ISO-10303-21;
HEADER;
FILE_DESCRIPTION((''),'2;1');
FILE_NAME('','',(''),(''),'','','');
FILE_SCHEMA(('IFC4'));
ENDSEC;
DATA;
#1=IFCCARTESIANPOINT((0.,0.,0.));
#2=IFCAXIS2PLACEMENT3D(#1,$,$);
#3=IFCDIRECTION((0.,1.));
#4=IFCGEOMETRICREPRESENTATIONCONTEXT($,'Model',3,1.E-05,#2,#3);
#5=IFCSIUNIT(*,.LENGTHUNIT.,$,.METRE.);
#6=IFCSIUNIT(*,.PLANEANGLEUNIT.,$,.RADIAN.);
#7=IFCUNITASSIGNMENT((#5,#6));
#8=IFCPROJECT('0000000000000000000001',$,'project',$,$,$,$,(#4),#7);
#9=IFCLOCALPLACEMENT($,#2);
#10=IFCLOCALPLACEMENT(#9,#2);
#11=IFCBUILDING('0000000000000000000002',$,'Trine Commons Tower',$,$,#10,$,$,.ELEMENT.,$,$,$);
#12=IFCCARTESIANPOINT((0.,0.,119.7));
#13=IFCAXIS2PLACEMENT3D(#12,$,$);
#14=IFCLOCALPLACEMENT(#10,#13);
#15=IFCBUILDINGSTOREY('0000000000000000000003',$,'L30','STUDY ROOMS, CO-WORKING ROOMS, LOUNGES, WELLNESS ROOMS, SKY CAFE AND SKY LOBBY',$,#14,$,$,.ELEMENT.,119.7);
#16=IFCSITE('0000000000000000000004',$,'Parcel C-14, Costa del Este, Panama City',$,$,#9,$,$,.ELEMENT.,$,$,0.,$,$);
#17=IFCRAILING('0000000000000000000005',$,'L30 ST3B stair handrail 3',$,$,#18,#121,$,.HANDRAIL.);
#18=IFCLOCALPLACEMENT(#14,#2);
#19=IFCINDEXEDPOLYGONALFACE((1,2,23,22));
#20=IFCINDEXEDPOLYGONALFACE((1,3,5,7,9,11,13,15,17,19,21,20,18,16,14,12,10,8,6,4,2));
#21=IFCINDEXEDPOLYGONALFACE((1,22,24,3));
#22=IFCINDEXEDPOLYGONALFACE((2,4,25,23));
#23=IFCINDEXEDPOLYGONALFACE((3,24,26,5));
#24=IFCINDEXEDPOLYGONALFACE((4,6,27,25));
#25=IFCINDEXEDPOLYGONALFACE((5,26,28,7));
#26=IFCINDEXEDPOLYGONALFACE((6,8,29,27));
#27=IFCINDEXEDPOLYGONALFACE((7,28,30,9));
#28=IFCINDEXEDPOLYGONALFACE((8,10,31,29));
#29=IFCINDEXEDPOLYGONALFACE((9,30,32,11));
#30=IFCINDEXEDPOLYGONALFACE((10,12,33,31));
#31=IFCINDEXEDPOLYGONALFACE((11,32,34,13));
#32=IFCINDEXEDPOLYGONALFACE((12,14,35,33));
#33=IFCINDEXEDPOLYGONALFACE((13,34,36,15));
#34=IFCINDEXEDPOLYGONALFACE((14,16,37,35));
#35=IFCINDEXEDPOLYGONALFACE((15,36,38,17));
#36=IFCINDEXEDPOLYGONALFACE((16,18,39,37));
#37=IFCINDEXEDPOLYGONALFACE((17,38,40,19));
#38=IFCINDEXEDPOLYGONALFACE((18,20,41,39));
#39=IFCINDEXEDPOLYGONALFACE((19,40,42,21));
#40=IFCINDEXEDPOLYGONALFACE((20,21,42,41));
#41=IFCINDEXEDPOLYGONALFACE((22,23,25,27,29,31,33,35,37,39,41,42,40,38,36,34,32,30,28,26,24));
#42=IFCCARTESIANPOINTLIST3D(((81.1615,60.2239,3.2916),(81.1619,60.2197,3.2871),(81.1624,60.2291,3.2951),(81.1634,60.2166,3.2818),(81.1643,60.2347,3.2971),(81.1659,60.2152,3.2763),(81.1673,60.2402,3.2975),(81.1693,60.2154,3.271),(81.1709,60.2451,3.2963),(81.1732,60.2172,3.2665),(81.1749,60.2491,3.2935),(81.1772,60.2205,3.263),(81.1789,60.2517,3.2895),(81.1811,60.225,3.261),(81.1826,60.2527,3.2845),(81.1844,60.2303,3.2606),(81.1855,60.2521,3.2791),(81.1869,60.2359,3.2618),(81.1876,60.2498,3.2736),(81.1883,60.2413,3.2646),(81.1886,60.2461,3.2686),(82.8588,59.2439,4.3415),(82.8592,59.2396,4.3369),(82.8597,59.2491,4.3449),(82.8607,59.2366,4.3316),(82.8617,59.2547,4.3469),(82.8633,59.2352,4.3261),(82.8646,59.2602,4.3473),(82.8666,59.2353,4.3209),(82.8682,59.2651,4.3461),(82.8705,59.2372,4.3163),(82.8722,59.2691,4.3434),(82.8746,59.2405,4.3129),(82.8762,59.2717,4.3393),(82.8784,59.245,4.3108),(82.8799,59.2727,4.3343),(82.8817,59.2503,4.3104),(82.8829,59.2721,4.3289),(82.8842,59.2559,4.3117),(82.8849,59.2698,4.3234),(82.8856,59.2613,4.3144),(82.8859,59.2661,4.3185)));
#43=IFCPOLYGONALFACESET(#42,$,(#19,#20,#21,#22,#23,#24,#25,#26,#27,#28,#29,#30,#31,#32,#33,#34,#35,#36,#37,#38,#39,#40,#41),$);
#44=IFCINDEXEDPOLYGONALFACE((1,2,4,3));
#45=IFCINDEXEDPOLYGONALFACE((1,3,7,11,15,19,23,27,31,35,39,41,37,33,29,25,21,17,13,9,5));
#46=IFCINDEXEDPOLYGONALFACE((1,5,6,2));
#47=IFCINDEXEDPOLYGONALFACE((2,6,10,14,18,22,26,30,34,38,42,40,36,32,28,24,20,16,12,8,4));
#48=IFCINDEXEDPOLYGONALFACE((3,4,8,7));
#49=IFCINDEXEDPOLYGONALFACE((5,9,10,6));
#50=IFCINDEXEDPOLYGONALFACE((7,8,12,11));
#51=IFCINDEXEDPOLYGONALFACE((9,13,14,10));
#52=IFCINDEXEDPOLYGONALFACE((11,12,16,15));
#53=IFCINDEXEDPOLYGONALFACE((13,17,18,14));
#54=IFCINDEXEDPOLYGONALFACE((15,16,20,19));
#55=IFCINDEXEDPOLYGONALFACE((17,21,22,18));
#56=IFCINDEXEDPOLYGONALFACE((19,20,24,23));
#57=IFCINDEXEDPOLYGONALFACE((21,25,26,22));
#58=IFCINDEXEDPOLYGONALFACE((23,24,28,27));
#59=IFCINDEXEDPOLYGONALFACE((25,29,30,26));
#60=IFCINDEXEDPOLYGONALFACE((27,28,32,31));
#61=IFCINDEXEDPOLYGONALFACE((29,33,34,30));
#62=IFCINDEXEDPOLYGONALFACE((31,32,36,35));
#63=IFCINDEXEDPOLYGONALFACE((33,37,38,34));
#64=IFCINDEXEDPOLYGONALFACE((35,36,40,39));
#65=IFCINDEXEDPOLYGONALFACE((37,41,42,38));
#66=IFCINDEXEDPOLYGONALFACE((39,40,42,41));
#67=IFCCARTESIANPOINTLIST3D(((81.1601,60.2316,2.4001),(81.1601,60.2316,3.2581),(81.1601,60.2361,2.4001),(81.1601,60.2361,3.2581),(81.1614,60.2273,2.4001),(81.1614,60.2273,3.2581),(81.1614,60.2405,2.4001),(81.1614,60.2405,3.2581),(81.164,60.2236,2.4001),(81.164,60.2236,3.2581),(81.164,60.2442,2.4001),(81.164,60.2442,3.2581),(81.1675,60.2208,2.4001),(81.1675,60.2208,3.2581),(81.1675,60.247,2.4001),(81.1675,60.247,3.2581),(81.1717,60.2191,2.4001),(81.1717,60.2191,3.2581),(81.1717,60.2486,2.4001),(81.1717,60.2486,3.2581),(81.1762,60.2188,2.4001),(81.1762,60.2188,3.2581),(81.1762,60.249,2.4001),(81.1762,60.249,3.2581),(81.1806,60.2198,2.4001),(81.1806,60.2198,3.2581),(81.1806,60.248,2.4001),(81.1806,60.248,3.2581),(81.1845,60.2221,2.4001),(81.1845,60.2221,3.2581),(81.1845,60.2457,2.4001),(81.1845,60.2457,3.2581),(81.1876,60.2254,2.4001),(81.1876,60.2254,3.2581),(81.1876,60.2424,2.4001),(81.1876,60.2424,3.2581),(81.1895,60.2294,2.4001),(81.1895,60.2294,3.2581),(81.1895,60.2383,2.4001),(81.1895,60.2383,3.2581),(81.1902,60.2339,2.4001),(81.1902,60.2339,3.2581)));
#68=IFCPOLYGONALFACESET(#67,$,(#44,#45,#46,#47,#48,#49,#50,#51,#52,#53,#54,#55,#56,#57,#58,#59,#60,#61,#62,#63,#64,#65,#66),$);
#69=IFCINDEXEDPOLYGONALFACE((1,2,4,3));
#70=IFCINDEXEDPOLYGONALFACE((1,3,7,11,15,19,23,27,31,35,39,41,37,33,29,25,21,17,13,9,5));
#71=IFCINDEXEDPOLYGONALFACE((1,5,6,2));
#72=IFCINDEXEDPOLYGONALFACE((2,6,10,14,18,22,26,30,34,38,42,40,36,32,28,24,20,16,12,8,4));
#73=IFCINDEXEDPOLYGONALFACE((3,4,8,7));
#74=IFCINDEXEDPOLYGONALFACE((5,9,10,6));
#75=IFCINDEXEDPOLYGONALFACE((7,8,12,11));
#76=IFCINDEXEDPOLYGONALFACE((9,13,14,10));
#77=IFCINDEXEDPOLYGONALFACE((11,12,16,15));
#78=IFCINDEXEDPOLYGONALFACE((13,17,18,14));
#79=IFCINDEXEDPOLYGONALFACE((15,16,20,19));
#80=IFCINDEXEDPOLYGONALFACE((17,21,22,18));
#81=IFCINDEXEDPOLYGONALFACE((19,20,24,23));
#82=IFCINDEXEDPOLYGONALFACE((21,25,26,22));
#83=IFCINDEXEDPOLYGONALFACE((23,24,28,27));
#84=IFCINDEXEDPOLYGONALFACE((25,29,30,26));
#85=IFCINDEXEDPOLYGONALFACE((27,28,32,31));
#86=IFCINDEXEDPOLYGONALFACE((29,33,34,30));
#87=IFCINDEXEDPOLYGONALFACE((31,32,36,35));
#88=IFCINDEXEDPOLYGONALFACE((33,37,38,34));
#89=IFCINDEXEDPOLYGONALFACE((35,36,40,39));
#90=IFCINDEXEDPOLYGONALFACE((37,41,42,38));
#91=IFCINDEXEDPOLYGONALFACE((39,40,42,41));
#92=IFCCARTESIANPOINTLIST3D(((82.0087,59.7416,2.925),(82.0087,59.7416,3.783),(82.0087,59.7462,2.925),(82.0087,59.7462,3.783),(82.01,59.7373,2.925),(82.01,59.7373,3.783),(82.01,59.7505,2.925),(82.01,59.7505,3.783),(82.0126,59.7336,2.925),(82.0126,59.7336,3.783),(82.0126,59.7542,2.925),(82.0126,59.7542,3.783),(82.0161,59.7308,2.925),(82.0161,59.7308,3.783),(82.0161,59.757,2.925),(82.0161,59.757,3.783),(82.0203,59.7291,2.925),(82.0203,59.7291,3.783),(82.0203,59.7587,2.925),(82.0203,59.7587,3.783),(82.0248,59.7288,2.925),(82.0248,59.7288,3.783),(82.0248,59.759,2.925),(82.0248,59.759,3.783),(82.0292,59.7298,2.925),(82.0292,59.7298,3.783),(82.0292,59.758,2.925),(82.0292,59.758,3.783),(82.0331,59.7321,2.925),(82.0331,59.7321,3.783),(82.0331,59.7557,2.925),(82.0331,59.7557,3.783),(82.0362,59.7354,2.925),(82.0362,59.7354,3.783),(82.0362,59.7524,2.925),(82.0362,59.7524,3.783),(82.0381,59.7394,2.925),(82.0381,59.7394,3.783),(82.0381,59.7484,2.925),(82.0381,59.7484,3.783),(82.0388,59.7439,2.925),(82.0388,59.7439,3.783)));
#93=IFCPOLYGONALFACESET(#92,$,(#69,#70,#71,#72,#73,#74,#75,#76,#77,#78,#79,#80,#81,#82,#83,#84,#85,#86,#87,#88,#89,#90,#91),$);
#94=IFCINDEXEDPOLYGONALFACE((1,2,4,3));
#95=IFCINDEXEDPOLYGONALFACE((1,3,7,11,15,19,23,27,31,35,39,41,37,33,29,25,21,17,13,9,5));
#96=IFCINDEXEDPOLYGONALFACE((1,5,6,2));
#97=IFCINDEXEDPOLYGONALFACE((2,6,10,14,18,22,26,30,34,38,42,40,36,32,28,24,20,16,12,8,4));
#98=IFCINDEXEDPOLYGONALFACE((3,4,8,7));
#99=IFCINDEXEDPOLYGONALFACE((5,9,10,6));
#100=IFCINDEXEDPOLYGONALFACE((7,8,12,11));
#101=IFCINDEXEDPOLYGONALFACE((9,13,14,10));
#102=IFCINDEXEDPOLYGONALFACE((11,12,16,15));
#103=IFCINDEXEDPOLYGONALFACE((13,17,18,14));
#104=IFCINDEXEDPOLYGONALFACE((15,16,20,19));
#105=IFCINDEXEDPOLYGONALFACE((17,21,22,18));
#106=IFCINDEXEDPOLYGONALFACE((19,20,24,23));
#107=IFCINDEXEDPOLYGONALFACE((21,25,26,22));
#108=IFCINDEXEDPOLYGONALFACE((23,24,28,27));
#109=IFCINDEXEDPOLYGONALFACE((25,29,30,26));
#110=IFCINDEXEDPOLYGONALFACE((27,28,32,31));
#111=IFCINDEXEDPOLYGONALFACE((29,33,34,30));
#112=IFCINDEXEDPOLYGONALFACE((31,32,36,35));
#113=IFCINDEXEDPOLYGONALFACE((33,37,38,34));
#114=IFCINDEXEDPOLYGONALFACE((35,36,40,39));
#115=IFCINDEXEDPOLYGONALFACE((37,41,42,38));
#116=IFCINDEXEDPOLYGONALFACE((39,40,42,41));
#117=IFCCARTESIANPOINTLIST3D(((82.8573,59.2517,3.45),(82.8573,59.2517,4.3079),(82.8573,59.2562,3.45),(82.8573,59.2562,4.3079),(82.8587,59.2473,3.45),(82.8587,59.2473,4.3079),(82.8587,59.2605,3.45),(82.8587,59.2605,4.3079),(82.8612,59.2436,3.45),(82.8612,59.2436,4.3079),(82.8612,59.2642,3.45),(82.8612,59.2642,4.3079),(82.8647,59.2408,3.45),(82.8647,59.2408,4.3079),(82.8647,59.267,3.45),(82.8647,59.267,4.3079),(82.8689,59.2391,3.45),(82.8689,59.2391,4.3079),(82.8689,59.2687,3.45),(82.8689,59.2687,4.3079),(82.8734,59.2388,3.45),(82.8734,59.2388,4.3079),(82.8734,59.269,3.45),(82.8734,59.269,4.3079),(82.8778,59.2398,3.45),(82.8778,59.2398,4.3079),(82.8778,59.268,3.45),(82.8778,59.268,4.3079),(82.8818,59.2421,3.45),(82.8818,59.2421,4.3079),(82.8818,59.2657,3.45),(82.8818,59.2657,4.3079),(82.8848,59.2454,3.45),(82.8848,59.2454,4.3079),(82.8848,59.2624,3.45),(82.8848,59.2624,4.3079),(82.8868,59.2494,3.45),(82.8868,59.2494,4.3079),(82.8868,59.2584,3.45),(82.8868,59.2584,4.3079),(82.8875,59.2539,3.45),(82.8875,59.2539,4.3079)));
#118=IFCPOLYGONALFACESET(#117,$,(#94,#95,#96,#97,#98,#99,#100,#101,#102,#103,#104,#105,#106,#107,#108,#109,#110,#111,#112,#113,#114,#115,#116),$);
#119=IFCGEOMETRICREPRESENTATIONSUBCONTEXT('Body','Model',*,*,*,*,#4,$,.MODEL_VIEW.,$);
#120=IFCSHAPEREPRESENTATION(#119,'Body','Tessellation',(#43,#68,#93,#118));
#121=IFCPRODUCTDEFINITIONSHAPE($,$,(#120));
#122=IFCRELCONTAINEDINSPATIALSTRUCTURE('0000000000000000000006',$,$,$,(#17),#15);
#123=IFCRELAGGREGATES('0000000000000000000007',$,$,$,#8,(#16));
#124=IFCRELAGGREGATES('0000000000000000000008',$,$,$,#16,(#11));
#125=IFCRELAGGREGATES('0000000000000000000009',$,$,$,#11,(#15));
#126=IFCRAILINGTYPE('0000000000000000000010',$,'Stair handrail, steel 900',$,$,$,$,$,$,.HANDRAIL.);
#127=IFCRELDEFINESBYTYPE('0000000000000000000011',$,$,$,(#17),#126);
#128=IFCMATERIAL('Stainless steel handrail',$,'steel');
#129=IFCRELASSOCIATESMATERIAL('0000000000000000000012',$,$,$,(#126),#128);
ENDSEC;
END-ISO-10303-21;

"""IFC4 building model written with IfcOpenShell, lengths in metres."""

from ifc_helpers import new_model, si_unit, direction, frame, origin, origin_2d, place, context, subcontext, project, spatial, circle, extrude, material, type_object, element, save


model = new_model("IFC4")

# Units and contexts
model_context = context("Model", 3, precision=1e-05, world=origin(), true_north=direction((0.0, 1.0)))
body_context = subcontext(model_context, "Body", "Model", "MODEL_VIEW")
ifc_project = project(units=[si_unit("LENGTHUNIT", "METRE"), si_unit("PLANEANGLEUNIT", "RADIAN")], contexts=[model_context])

# Site, building, storey
site_placement = place(None, origin())
site = spatial("IfcSite", under=ifc_project, at=site_placement, Name="Parcel C-14, Costa del Este, Panama City", CompositionType="ELEMENT", RefElevation=0.0)
building_placement = place(site_placement, origin())
building = spatial("IfcBuilding", under=site, at=building_placement, Name="Trine Commons Tower", CompositionType="ELEMENT")
storey_placement = place(building_placement, frame((0.0, 0.0, 119.7)))
storey = spatial("IfcBuildingStorey", under=building, at=storey_placement, Name="L30", Description="STUDY ROOMS, CO-WORKING ROOMS, LOUNGES, WELLNESS ROOMS, SKY CAFE AND SKY LOBBY", CompositionType="ELEMENT", Elevation=119.7)

# Railing
ifc_material_1 = material(Name="Stainless steel handrail", Category="steel")
railing_type_1 = type_object("IfcRailingType", Name="Stair handrail, steel 900", PredefinedType="HANDRAIL", material=ifc_material_1)
railing_1_placement = place(storey_placement, frame((81.175, 60.2339, 2.4001)))
element("IfcRailing", 1, at=railing_1_placement, inside=storey, type_object=railing_type_1, Name="L30 ST3B stair handrail 3", PredefinedType="HANDRAIL", context=body_context, shape_type="SweptSolid", body=[
    extrude(circle(Radius=0.021, at=origin_2d()), frame((0.0, 0.0, 0.8789), z_axis=(0.763392, -0.440773, 0.472178), x_axis=(0.500024, 0.866011, 0.0)), (0.0, 0.0, 1.0), 2.2234),
    extrude(circle(Radius=0.0151, at=origin_2d()), origin(), (0.0, 0.0, 1.0), 0.8579),
    extrude(circle(Radius=0.0151, at=origin_2d()), frame((0.8486, -0.49, 0.5249)), (0.0, 0.0, 1.0), 0.8579),
    extrude(circle(Radius=0.0151, at=origin_2d()), frame((1.6973, -0.98, 1.0498)), (0.0, 0.0, 1.0), 0.8579),
])

save(model, "model.ifc")
